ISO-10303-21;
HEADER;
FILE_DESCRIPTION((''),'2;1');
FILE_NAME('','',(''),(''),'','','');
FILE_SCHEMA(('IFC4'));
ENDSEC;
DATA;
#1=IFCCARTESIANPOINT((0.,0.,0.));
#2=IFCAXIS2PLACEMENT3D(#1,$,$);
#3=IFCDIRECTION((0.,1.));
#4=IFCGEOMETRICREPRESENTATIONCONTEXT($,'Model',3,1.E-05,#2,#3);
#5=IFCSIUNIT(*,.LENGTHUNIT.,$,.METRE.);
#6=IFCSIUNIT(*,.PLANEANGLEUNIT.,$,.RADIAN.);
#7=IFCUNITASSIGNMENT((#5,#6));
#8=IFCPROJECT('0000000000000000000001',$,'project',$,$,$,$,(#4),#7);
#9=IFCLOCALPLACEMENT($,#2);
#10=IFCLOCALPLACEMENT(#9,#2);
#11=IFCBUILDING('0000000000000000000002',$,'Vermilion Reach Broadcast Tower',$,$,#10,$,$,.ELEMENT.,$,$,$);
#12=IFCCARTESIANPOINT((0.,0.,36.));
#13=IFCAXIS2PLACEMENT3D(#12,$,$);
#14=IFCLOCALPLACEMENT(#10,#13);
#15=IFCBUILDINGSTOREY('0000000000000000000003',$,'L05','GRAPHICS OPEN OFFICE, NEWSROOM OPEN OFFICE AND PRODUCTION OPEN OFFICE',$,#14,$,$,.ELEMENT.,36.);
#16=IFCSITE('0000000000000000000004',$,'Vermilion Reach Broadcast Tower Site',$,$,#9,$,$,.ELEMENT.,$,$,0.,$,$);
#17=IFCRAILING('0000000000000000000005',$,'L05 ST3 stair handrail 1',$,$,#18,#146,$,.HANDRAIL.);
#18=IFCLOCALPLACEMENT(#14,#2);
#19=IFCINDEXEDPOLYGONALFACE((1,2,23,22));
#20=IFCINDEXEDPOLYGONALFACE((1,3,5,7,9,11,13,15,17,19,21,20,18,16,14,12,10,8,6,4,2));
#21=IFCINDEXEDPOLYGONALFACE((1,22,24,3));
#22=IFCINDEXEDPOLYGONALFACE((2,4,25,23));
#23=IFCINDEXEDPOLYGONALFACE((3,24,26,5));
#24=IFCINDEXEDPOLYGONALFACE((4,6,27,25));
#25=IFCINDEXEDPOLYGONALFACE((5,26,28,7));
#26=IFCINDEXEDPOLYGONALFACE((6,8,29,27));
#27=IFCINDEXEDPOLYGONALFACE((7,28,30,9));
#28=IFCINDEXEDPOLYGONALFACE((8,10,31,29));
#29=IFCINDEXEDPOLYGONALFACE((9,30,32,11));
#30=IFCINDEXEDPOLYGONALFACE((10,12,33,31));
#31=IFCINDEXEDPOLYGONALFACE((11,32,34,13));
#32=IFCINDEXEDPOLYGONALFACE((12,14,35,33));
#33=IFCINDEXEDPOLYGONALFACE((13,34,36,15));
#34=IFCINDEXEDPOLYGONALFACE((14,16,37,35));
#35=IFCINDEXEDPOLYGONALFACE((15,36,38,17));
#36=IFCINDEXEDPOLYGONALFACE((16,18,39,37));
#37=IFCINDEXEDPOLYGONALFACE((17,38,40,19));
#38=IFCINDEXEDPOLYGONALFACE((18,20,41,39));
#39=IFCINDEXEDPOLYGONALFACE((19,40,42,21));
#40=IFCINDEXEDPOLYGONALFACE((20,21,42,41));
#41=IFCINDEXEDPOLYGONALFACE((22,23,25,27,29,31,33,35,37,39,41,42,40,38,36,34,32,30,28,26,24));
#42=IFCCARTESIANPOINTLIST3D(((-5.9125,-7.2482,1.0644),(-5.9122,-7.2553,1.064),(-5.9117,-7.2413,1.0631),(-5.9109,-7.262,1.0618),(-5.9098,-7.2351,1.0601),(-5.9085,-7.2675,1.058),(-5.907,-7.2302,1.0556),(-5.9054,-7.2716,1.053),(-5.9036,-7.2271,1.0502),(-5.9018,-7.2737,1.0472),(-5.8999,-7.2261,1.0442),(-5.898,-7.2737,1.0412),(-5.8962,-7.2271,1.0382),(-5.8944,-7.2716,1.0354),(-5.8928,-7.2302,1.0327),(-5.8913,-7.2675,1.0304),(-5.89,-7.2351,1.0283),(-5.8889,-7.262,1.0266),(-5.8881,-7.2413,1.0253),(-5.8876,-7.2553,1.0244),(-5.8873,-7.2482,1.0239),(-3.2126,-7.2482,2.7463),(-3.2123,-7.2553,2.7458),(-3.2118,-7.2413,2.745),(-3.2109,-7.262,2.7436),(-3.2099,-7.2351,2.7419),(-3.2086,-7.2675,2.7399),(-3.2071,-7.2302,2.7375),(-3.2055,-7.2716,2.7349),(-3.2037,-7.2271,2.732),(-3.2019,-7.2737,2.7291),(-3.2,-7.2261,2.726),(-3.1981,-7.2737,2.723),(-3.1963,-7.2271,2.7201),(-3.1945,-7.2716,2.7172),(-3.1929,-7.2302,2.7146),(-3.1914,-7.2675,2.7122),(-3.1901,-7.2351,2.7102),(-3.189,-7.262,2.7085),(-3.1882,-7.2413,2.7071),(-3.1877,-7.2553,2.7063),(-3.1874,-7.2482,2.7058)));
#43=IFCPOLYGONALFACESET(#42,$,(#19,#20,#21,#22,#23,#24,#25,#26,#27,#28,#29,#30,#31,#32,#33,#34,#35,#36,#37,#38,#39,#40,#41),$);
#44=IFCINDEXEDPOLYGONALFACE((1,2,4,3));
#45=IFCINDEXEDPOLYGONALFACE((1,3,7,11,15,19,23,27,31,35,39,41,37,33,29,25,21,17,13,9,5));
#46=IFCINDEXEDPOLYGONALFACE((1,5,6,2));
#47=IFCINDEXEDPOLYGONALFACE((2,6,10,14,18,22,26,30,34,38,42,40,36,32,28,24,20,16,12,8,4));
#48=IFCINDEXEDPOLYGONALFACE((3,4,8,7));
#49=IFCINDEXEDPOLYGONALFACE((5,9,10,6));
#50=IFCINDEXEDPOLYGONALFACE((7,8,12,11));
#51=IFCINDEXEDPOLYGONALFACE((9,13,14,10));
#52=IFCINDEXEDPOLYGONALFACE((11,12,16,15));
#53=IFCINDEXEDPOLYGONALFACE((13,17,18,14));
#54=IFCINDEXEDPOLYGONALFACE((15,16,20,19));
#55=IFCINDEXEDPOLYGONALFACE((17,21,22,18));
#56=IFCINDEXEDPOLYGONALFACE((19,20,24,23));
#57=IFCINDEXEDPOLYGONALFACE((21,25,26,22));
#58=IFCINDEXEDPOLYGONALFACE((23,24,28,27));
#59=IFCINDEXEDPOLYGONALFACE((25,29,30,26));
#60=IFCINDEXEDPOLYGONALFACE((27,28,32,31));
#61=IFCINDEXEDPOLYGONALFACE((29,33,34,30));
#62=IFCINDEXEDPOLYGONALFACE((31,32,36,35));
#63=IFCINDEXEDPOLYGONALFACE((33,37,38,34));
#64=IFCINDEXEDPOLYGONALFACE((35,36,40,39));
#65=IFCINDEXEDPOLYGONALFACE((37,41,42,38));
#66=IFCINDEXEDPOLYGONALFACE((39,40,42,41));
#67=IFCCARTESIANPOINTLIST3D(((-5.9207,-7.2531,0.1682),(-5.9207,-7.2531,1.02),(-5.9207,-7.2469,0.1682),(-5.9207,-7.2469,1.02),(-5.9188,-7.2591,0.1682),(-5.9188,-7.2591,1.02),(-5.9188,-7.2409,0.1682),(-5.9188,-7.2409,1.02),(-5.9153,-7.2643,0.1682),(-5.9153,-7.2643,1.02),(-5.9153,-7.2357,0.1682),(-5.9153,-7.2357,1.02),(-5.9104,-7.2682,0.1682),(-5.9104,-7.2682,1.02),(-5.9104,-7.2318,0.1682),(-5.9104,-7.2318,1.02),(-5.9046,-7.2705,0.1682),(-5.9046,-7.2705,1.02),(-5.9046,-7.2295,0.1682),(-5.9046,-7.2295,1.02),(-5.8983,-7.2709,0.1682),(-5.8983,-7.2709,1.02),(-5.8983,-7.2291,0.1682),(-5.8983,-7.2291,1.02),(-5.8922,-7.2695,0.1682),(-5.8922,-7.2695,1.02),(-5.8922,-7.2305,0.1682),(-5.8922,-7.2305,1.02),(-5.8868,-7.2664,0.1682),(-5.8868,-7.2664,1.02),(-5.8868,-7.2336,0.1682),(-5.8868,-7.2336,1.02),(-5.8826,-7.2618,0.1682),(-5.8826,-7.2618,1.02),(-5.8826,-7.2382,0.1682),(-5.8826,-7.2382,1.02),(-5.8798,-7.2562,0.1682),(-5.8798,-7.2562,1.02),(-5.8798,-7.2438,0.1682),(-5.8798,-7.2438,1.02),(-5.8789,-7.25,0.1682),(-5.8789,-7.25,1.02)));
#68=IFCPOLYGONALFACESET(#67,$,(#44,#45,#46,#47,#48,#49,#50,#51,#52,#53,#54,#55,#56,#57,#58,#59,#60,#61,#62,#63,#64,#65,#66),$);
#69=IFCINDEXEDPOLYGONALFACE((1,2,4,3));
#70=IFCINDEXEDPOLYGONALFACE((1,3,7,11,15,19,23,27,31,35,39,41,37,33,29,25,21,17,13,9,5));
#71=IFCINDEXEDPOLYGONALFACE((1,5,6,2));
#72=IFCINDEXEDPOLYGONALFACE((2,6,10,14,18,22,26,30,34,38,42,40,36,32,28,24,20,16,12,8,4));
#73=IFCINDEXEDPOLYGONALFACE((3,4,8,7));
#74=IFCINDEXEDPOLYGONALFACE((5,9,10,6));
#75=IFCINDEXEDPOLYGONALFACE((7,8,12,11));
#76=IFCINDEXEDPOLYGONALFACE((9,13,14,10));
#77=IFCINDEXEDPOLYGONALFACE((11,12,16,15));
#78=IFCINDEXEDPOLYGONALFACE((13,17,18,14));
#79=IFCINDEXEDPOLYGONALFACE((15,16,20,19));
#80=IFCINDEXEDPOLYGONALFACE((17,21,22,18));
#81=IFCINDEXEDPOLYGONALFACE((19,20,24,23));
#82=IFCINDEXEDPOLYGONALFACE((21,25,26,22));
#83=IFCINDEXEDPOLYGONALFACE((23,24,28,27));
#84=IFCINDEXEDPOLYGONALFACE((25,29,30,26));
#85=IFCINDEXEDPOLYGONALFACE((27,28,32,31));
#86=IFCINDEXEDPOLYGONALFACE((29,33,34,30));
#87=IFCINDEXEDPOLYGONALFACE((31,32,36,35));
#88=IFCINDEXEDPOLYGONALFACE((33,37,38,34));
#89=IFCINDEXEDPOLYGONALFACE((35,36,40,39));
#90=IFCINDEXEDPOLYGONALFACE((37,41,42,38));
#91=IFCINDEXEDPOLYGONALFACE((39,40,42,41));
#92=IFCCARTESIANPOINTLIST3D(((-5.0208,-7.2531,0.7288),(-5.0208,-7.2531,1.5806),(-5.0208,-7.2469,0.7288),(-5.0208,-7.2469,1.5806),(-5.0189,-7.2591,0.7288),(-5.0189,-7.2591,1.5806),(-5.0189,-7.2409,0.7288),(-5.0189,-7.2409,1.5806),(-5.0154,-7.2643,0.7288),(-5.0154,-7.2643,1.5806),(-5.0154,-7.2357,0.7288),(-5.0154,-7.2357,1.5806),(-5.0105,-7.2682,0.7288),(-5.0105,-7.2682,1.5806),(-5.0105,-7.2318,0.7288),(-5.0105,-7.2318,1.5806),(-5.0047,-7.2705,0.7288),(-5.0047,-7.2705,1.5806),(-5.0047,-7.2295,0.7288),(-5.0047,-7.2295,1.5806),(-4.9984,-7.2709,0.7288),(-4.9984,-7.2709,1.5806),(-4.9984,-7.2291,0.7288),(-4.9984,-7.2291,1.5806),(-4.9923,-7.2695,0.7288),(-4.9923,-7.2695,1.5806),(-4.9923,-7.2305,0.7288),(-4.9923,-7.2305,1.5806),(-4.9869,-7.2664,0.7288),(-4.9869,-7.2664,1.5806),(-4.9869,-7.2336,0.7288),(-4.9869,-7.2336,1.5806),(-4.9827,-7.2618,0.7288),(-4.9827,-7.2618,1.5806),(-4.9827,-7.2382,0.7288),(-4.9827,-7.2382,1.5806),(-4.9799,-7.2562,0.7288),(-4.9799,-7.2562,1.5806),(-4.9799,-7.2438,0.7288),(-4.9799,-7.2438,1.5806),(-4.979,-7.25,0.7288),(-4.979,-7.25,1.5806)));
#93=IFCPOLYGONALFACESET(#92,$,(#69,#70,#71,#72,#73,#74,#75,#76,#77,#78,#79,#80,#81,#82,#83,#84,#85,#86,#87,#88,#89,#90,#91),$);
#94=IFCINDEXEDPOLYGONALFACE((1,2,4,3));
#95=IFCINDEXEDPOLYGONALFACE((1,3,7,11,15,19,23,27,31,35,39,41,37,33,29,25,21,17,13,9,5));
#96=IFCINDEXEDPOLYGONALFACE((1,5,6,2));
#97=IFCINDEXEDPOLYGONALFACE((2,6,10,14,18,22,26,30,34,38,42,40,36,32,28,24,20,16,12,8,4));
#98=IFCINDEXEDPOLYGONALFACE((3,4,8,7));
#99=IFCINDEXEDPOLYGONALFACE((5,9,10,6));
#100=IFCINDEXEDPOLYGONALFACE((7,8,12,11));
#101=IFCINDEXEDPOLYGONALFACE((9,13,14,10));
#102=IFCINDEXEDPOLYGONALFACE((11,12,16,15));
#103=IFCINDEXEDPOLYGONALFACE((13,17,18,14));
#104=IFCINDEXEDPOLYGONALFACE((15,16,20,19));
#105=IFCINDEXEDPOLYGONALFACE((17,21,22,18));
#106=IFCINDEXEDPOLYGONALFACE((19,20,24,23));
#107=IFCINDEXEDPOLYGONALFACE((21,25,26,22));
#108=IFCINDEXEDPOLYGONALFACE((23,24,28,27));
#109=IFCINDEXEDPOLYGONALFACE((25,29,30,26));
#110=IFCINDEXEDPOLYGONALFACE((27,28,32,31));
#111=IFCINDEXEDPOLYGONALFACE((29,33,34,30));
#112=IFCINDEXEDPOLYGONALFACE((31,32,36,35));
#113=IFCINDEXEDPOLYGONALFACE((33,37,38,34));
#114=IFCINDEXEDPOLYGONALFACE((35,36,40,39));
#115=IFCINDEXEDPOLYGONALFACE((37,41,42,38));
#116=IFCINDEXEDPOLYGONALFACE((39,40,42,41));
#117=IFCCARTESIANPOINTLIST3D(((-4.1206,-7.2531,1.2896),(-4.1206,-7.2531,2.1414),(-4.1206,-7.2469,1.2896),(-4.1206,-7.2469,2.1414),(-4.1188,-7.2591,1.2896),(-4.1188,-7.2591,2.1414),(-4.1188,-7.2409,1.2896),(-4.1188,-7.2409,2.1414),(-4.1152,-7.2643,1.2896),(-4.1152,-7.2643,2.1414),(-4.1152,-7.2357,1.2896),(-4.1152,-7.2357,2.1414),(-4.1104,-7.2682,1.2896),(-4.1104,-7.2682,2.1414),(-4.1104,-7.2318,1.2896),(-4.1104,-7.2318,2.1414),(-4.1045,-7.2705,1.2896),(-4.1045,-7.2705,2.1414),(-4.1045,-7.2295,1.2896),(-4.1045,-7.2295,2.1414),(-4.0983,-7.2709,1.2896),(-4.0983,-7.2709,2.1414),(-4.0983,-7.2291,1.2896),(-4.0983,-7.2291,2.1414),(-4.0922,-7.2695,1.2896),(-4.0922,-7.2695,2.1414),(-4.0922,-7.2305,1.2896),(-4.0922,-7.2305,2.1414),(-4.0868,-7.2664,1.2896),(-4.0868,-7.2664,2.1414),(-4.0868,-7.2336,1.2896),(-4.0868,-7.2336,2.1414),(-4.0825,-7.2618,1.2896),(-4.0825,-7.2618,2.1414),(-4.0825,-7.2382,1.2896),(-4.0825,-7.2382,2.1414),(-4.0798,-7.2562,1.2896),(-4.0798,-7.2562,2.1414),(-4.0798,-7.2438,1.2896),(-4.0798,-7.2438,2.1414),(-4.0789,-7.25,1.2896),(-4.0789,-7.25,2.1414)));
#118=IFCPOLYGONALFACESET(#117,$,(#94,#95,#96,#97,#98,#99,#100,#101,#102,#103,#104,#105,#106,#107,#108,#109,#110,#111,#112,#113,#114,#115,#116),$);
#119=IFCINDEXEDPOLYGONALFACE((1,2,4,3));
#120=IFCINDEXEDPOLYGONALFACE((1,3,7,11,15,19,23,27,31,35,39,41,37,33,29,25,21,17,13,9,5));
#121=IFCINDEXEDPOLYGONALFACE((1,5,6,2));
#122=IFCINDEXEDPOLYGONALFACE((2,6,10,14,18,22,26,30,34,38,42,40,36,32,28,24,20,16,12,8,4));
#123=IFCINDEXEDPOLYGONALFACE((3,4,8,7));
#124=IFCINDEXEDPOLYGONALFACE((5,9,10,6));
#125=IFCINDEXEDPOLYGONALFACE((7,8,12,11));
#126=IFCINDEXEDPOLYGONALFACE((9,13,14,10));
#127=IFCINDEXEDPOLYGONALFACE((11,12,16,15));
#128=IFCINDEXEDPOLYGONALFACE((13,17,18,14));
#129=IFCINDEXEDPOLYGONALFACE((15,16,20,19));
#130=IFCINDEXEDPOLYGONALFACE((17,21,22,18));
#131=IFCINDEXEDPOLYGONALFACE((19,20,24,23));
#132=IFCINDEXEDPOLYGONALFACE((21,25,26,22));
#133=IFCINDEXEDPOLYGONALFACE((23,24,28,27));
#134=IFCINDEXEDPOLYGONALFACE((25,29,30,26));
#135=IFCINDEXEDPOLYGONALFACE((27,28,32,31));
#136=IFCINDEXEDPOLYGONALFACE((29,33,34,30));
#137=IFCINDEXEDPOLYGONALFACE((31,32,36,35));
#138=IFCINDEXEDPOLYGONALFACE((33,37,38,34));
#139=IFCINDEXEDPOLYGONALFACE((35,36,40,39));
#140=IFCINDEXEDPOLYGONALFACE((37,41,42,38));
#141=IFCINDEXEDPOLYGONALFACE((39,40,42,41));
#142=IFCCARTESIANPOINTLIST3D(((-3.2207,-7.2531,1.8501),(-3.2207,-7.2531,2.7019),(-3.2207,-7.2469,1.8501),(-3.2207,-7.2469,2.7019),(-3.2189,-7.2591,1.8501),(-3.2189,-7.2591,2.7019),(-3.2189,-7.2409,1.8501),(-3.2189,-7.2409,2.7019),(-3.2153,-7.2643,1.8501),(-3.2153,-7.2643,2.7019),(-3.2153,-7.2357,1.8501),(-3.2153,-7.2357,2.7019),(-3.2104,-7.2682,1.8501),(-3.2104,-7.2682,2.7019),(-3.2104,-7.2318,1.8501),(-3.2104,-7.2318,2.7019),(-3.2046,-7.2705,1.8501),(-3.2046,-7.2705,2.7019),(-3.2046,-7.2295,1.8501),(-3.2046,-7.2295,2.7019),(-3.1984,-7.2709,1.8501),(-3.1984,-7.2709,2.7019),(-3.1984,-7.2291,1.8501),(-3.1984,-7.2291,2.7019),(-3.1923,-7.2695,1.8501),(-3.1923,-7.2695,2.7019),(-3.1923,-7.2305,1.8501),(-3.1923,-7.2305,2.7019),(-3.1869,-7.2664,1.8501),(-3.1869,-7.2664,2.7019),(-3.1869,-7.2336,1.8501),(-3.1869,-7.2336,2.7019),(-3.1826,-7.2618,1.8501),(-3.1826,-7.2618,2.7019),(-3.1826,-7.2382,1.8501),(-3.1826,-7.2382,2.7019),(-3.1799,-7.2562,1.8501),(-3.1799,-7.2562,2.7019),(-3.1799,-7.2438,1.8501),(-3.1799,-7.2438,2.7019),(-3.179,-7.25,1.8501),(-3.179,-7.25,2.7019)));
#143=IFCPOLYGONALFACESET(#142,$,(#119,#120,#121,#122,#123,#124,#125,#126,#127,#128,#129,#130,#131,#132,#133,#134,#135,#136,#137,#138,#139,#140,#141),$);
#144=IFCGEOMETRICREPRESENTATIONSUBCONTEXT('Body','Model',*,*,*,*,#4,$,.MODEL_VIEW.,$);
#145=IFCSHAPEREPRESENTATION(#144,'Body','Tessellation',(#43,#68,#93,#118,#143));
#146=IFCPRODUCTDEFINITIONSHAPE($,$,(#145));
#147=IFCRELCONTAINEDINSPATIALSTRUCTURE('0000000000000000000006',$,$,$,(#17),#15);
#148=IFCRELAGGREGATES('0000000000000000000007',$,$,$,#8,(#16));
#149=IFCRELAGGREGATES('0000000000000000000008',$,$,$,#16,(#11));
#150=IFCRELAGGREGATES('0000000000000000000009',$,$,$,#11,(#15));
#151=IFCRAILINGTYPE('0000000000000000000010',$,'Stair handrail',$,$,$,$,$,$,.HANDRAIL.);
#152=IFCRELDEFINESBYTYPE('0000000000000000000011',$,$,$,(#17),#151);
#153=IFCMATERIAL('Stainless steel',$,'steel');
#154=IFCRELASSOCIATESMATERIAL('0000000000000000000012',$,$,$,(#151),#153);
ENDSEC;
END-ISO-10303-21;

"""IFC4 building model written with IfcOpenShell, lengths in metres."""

from ifc_helpers import new_model, si_unit, direction, frame, origin, origin_2d, place, context, subcontext, project, spatial, circle, extrude, material, type_object, element, save


model = new_model("IFC4")

# Units and contexts
model_context = context("Model", 3, precision=1e-05, world=origin(), true_north=direction((0.0, 1.0)))
body_context = subcontext(model_context, "Body", "Model", "MODEL_VIEW")
ifc_project = project(units=[si_unit("LENGTHUNIT", "METRE"), si_unit("PLANEANGLEUNIT", "RADIAN")], contexts=[model_context])

# Site, building, storey
site_placement = place(None, origin())
site = spatial("IfcSite", under=ifc_project, at=site_placement, Name="Vermilion Reach Broadcast Tower Site", CompositionType="ELEMENT", RefElevation=0.0)
building_placement = place(site_placement, origin())
building = spatial("IfcBuilding", under=site, at=building_placement, Name="Vermilion Reach Broadcast Tower", CompositionType="ELEMENT")
storey_placement = place(building_placement, frame((0.0, 0.0, 36.0)))
storey = spatial("IfcBuildingStorey", under=building, at=storey_placement, Name="L05", Description="GRAPHICS OPEN OFFICE, NEWSROOM OPEN OFFICE AND PRODUCTION OPEN OFFICE", CompositionType="ELEMENT", Elevation=36.0)

# Railing
ifc_material_1 = material(Name="Stainless steel", Category="steel")
railing_type_1 = type_object("IfcRailingType", Name="Stair handrail", PredefinedType="HANDRAIL", material=ifc_material_1)
railing_1_placement = place(storey_placement, frame((-5.8999, -7.25, 0.1682)))
element("IfcRailing", 1, at=railing_1_placement, inside=storey, type_object=railing_type_1, Name="L05 ST3 stair handrail 1", PredefinedType="HANDRAIL", context=body_context, shape_type="SweptSolid", body=[
    extrude(circle(Radius=0.0239, at=origin_2d()), frame((0.0, 0.0, 0.876), z_axis=(0.848786, 0.0, 0.528736), x_axis=(0.0, 1.0, 0.0)), (0.0, 0.0, 1.0), 3.1809),
    extrude(circle(Radius=0.021, at=origin_2d()), origin(), (0.0, 0.0, 1.0), 0.8518),
    extrude(circle(Radius=0.021, at=origin_2d()), frame((0.8999, 0.0, 0.5605)), (0.0, 0.0, 1.0), 0.8518),
    extrude(circle(Radius=0.021, at=origin_2d()), frame((1.8, 0.0, 1.1213)), (0.0, 0.0, 1.0), 0.8518),
    extrude(circle(Radius=0.021, at=origin_2d()), frame((2.7, 0.0, 1.6819)), (0.0, 0.0, 1.0), 0.8518),
])

save(model, "model.ifc")
